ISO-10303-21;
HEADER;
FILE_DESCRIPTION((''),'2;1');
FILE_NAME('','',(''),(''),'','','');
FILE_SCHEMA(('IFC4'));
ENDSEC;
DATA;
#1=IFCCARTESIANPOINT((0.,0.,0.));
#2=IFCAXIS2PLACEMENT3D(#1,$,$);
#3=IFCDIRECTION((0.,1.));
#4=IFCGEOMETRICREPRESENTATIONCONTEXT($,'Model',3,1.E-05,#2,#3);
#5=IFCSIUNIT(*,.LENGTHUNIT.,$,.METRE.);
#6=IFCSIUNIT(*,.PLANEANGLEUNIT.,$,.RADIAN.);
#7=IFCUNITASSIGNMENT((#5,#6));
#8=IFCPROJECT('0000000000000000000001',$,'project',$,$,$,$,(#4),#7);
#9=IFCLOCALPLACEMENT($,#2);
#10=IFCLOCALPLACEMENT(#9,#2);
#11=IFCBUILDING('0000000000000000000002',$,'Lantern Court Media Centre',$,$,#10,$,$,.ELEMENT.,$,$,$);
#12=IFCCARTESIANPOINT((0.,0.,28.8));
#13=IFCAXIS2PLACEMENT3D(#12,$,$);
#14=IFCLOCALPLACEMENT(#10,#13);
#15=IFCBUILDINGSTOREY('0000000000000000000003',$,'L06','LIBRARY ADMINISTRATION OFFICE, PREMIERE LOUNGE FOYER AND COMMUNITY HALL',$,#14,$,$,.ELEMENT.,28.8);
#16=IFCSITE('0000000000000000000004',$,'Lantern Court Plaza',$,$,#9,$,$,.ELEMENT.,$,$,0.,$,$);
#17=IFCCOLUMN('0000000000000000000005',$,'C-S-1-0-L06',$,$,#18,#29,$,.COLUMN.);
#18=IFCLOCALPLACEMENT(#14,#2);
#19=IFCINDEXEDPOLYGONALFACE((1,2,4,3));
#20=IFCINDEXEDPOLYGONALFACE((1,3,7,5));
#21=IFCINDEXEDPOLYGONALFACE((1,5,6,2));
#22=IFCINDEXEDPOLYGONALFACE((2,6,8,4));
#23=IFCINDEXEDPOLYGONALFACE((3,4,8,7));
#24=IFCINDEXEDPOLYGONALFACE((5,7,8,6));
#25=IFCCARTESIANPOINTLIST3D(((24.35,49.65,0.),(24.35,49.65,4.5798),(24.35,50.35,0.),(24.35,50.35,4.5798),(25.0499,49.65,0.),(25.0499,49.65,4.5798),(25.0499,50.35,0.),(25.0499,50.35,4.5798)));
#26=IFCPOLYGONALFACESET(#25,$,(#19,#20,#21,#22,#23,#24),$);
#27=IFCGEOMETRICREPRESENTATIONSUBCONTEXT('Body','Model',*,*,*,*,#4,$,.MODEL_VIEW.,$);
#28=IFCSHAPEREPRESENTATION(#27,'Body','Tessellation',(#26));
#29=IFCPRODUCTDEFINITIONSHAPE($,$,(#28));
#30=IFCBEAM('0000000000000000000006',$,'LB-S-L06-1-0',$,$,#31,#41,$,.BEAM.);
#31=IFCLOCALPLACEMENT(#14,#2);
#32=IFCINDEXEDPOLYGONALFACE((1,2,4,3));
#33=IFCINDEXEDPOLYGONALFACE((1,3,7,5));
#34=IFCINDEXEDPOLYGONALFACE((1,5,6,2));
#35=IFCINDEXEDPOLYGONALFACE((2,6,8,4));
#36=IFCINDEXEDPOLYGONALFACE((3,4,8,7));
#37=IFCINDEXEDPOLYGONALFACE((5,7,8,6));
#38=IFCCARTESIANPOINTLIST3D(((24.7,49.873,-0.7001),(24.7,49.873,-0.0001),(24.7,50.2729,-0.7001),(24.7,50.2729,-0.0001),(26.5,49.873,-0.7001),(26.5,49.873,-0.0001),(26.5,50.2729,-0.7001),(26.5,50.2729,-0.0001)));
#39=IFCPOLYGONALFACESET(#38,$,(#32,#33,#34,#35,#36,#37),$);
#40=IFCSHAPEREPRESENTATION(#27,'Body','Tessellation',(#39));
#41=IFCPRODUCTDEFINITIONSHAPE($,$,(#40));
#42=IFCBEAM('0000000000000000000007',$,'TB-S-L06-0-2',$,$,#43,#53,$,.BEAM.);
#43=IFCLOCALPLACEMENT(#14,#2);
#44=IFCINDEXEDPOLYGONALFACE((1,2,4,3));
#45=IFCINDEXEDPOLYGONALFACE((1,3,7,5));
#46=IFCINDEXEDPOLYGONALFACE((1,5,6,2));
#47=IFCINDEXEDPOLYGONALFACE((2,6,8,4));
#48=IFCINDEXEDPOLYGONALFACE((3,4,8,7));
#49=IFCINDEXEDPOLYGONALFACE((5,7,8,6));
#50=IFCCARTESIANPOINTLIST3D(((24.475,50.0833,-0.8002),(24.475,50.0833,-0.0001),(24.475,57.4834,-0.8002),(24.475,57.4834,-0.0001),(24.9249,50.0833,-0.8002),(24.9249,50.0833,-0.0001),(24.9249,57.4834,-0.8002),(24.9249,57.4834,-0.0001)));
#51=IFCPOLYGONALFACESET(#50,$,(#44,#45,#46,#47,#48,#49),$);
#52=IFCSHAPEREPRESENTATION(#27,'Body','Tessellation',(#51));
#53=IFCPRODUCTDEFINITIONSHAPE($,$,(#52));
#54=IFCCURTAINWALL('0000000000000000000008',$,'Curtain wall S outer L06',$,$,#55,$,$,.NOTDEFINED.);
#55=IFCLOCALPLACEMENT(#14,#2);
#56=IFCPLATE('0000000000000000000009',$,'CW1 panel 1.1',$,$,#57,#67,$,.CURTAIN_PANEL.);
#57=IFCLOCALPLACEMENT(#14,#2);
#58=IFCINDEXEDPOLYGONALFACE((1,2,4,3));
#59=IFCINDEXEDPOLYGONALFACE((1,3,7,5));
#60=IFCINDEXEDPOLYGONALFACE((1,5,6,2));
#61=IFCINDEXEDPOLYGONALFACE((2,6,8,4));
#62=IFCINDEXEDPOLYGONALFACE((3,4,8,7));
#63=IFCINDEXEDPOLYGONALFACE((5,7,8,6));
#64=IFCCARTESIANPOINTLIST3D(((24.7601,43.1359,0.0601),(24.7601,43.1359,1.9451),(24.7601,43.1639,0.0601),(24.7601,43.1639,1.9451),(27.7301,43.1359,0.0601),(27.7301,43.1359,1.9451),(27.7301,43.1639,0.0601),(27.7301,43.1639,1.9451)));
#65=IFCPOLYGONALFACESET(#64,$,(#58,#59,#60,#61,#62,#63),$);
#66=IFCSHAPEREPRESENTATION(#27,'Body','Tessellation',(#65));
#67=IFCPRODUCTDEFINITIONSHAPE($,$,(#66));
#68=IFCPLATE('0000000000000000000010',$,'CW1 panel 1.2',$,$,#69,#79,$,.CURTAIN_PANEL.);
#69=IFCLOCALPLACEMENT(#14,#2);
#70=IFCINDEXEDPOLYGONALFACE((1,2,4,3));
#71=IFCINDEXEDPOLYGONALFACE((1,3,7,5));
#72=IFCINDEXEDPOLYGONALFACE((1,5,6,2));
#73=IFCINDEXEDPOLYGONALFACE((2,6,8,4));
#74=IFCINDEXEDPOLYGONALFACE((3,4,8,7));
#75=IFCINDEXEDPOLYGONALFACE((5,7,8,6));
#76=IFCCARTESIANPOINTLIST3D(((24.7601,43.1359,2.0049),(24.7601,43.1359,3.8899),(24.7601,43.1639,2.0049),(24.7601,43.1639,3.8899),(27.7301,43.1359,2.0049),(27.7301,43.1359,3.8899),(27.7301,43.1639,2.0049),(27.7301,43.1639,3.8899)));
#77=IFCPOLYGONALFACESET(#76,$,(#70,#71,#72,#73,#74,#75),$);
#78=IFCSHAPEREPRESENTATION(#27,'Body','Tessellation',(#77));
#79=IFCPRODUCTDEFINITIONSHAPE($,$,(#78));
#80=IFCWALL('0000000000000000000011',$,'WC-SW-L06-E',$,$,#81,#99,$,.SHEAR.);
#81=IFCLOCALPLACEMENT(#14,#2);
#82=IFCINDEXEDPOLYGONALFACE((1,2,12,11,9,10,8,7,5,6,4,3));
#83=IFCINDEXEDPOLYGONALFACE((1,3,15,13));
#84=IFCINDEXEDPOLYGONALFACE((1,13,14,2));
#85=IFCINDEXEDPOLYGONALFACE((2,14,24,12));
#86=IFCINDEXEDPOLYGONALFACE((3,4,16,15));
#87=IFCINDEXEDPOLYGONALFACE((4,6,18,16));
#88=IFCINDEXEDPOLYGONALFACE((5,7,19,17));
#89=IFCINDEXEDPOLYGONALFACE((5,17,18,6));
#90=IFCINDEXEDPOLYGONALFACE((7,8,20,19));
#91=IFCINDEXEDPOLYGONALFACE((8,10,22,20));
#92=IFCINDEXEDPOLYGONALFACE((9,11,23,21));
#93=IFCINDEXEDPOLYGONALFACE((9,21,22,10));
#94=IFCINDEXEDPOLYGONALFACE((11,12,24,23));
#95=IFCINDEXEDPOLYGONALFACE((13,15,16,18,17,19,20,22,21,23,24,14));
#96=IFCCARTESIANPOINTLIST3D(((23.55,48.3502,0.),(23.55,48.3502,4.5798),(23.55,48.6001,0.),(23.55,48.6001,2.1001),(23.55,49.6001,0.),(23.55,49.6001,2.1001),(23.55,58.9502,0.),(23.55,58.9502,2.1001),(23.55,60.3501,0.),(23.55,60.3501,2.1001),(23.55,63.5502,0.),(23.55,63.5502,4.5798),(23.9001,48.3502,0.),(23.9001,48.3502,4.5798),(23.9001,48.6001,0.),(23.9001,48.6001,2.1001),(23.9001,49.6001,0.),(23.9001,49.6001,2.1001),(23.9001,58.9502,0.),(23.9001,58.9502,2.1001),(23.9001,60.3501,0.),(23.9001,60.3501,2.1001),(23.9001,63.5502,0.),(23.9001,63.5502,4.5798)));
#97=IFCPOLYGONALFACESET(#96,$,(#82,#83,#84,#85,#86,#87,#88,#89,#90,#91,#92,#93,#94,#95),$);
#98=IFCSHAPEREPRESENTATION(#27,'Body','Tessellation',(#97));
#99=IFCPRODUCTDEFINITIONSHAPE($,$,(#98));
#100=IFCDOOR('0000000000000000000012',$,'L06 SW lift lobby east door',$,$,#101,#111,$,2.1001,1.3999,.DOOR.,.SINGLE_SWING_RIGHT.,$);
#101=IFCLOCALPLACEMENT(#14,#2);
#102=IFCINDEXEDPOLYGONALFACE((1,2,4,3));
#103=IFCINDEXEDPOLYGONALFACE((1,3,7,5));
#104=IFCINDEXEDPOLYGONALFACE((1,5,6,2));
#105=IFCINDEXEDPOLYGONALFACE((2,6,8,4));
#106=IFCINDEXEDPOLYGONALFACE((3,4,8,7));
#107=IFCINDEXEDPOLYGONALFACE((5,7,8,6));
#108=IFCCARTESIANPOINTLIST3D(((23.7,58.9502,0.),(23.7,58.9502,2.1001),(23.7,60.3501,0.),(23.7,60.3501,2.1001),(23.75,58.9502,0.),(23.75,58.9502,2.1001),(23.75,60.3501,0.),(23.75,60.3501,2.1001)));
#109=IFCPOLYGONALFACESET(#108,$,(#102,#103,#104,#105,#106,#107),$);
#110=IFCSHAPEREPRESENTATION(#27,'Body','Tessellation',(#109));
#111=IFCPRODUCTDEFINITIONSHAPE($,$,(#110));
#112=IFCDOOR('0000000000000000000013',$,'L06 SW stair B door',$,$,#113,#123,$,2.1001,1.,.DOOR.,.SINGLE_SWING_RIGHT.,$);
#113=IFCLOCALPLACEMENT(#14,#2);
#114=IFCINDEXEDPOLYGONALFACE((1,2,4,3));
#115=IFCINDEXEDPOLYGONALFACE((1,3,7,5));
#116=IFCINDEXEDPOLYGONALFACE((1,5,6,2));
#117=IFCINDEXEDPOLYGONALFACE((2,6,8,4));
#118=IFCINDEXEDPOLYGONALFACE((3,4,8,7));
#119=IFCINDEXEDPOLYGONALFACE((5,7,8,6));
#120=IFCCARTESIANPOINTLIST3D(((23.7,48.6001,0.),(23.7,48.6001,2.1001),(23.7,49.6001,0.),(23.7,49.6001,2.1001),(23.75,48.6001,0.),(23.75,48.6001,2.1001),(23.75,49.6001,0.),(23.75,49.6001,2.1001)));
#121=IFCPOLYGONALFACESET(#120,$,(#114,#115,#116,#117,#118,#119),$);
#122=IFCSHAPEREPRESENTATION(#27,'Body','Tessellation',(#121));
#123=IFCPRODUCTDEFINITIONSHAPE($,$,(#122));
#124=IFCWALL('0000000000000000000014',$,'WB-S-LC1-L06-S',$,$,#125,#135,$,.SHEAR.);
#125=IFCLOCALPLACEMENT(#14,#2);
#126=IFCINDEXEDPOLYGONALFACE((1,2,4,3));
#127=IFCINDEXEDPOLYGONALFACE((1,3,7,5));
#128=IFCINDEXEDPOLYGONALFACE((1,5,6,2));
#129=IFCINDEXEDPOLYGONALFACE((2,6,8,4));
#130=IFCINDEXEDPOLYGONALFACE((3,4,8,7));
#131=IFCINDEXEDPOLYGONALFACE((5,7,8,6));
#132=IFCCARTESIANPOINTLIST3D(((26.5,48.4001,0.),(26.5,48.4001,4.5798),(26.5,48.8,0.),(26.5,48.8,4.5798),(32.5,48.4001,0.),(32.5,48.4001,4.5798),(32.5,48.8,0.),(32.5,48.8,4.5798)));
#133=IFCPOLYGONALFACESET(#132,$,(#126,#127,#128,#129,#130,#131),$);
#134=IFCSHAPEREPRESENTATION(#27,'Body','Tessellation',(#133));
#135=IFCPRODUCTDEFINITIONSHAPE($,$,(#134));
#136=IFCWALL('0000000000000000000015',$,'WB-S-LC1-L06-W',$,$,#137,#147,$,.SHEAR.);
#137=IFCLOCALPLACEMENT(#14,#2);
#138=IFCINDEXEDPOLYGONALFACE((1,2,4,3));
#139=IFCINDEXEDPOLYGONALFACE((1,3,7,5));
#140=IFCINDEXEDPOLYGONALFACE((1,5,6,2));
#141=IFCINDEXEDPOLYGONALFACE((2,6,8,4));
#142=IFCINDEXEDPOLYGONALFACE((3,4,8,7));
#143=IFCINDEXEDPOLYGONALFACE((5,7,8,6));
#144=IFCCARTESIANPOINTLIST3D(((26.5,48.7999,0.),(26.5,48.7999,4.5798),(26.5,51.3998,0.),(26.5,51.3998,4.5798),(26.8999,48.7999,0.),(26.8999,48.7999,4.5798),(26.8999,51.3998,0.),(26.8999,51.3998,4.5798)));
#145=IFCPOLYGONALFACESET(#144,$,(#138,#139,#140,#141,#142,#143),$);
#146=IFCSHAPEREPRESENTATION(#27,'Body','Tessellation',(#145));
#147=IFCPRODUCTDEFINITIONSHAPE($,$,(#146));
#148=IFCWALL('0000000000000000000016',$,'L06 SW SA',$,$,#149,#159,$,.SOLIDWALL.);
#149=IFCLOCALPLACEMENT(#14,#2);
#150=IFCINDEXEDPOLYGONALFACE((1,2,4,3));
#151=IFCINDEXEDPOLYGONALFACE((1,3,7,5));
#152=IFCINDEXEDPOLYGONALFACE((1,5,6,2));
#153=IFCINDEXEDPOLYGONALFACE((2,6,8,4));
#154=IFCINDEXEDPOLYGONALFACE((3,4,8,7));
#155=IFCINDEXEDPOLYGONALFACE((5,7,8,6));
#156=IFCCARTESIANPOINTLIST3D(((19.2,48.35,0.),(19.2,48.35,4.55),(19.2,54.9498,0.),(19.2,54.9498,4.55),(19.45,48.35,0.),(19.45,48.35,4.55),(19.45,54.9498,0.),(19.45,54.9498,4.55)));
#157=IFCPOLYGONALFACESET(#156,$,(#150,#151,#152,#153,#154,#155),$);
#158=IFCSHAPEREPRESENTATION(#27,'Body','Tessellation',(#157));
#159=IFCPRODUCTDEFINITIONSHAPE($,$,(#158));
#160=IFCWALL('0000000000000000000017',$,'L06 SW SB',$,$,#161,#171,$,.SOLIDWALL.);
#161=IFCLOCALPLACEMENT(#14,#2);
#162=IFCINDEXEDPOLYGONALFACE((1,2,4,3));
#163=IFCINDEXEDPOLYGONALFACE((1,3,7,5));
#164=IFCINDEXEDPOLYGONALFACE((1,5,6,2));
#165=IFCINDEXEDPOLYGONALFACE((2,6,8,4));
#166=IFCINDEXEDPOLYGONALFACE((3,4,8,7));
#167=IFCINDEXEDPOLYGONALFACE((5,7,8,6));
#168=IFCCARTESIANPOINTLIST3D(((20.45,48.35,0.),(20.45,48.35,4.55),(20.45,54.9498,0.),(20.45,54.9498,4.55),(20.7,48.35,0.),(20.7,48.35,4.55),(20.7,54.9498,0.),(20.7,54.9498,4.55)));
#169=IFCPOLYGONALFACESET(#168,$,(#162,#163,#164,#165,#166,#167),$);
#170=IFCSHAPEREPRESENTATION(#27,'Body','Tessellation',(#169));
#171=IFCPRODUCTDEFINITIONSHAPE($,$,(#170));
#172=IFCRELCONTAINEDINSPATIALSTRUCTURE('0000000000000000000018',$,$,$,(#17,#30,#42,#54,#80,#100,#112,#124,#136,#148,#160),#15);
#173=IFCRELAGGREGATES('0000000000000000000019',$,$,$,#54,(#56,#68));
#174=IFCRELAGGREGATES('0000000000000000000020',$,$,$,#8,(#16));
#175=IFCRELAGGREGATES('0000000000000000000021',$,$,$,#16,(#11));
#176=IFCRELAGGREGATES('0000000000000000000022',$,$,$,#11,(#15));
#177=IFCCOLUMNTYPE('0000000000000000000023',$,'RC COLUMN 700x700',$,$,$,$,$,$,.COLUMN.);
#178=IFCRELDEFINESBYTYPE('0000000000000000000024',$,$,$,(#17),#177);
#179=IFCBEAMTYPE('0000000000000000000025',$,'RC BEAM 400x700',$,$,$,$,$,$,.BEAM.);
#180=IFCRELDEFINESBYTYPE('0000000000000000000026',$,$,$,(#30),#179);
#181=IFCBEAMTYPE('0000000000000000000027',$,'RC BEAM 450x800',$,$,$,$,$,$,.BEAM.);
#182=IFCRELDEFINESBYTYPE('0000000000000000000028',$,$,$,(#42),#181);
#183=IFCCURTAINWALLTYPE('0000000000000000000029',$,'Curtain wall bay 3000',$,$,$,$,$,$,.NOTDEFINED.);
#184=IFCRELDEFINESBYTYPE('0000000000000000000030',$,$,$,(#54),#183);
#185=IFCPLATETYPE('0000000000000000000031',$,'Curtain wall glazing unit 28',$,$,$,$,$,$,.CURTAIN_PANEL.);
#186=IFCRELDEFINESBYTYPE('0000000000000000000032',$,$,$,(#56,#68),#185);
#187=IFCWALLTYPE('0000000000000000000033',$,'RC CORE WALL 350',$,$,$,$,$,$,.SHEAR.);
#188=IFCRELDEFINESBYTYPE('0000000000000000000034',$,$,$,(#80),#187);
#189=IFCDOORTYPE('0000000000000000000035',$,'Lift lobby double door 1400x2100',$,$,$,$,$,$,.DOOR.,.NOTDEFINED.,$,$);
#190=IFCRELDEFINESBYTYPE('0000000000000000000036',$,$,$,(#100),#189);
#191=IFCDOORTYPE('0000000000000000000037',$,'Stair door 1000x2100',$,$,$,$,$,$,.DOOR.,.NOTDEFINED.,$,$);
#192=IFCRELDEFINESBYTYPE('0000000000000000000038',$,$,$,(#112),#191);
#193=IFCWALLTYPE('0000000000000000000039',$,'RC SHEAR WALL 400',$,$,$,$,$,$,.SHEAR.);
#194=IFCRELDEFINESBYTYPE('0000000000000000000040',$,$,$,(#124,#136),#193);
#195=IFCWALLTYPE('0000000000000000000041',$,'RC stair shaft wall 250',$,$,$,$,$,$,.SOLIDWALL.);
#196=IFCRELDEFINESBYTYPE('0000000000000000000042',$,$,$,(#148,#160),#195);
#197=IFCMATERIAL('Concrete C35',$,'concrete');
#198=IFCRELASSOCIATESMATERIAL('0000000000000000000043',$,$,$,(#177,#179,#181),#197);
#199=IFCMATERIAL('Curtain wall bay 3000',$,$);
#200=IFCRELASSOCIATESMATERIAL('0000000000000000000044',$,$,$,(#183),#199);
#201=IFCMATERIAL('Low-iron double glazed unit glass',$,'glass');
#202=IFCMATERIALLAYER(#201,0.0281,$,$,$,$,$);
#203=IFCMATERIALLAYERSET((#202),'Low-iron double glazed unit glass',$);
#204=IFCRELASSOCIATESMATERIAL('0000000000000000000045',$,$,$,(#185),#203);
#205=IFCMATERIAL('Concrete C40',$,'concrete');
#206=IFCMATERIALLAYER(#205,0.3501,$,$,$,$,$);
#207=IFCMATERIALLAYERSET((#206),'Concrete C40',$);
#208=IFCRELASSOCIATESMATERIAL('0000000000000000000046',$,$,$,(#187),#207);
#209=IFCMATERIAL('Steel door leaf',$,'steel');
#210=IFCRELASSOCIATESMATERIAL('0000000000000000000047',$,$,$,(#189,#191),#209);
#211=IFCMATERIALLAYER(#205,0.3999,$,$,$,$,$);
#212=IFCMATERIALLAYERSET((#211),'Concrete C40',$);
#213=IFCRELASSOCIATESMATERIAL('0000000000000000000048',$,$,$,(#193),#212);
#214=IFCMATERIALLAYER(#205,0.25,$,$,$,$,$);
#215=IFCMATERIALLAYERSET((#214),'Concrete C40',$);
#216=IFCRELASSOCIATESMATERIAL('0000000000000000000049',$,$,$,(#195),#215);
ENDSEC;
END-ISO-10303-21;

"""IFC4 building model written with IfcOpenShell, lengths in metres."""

from ifc_helpers import new_model, si_unit, direction, frame, frame_2d, origin, origin_2d, place, context, subcontext, project, spatial, rectangle, extrude, material, layer, layer_set, material_profile, profile_set, type_object, element, fill, aggregate, save


model = new_model("IFC4")

# Units and contexts
model_context = context("Model", 3, precision=1e-05, world=origin(), true_north=direction((0.0, 1.0)))
body_context = subcontext(model_context, "Body", "Model", "MODEL_VIEW")
ifc_project = project(units=[si_unit("LENGTHUNIT", "METRE"), si_unit("PLANEANGLEUNIT", "RADIAN")], contexts=[model_context])

# Site, building, storey
site_placement = place(None, origin())
site = spatial("IfcSite", under=ifc_project, at=site_placement, Name="Lantern Court Plaza", CompositionType="ELEMENT", RefElevation=0.0)
building_placement = place(site_placement, origin())
building = spatial("IfcBuilding", under=site, at=building_placement, Name="Lantern Court Media Centre", CompositionType="ELEMENT")
storey_placement = place(building_placement, frame((0.0, 0.0, 28.8)))
storey = spatial("IfcBuildingStorey", under=building, at=storey_placement, Name="L06", Description="LIBRARY ADMINISTRATION OFFICE, PREMIERE LOUNGE FOYER AND COMMUNITY HALL", CompositionType="ELEMENT", Elevation=28.8)

# Column
ifc_material_1 = material(Name="Concrete C35", Category="concrete")
ifc_material_profile_1 = material_profile(ifc_material_1, rectangle(XDim=0.7, YDim=0.7, at=origin_2d()), Name="RC 700x700")
ifc_profile_set_1 = profile_set([ifc_material_profile_1], Name="Concrete C35")
column_type = type_object("IfcColumnType", Name="RC COLUMN 700x700", PredefinedType="COLUMN", material=ifc_profile_set_1)
column_placement = place(storey_placement, frame((24.7, 50.0, 0.0), z_axis=(0.0, 0.0, 1.0), x_axis=(1.0, 0.0, 0.0)))
element("IfcColumn", 1, at=column_placement, inside=storey, type_object=column_type, Name="C-S-1-0-L06", PredefinedType="COLUMN", context=body_context, shape_type="SweptSolid", body=[
    extrude(rectangle(XDim=0.7, YDim=0.7, at=origin_2d()), origin(), (0.0, 0.0, 1.0), 4.5798),
])

# Beams
ifc_material_profile_2 = material_profile(ifc_material_1, rectangle(XDim=0.3999, YDim=0.7, at=origin_2d()), Name="RC 400x700")
ifc_profile_set_2 = profile_set([ifc_material_profile_2], Name="Concrete C35")
beam_type_1 = type_object("IfcBeamType", Name="RC BEAM 400x700", PredefinedType="BEAM", material=ifc_profile_set_2)
beam_1_placement = place(storey_placement, frame((24.7, 50.073, -0.3501), z_axis=(1.0, 0.0, 0.0), x_axis=(0.0, 1.0, 0.0)))
element("IfcBeam", 2, at=beam_1_placement, inside=storey, type_object=beam_type_1, Name="LB-S-L06-1-0", PredefinedType="BEAM", context=body_context, shape_type="SweptSolid", body=[
    extrude(rectangle(XDim=0.3999, YDim=0.7, at=origin_2d()), origin(), (0.0, 0.0, 1.0), 1.8),
])
ifc_material_profile_3 = material_profile(ifc_material_1, rectangle(XDim=0.45, YDim=0.8, at=origin_2d()), Name="RC 450x800")
ifc_profile_set_3 = profile_set([ifc_material_profile_3], Name="Concrete C35")
beam_type_2 = type_object("IfcBeamType", Name="RC BEAM 450x800", PredefinedType="BEAM", material=ifc_profile_set_3)
beam_2_placement = place(storey_placement, frame((24.7, 50.0833, -0.4001), z_axis=(0.0, 1.0, 0.0), x_axis=(-1.0, 0.0, 0.0)))
element("IfcBeam", 3, at=beam_2_placement, inside=storey, type_object=beam_type_2, Name="TB-S-L06-0-2", PredefinedType="BEAM", context=body_context, shape_type="SweptSolid", body=[
    extrude(rectangle(XDim=0.45, YDim=0.8, at=origin_2d()), origin(), (0.0, 0.0, 1.0), 7.4001),
])

# Curtain wall, plates
ifc_material_2 = material(Name="Curtain wall bay 3000")
curtain_wall_type = type_object("IfcCurtainWallType", Name="Curtain wall bay 3000", PredefinedType="NOTDEFINED", material=ifc_material_2)
curtain_wall_placement = place(storey_placement, origin())
curtain_wall = element("IfcCurtainWall", 4, at=curtain_wall_placement, inside=storey, type_object=curtain_wall_type, Name="Curtain wall S outer L06", PredefinedType="NOTDEFINED")
ifc_material_3 = material(Name="Low-iron double glazed unit glass", Category="glass")
ifc_layer_1 = layer(ifc_material_3, 0.0281)
ifc_layer_set_1 = layer_set([ifc_layer_1], Name="Low-iron double glazed unit glass")
plate_type = type_object("IfcPlateType", Name="Curtain wall glazing unit 28", PredefinedType="CURTAIN_PANEL", material=ifc_layer_set_1)
plate_1_placement = place(storey_placement, frame((26.2451, 43.1499, 0.0601), z_axis=(0.0, 0.0, 1.0), x_axis=(1.0, 0.0, 0.0)))
plate_1 = element("IfcPlate", 5, at=plate_1_placement, type_object=plate_type, Name="CW1 panel 1.1", PredefinedType="CURTAIN_PANEL", context=body_context, shape_type="SweptSolid", body=[
    extrude(rectangle(XDim=2.97, YDim=0.0281, at=origin_2d()), origin(), (0.0, 0.0, 1.0), 1.885),
])
plate_2_placement = place(storey_placement, frame((26.2451, 43.1499, 2.0049), z_axis=(0.0, 0.0, 1.0), x_axis=(1.0, 0.0, 0.0)))
plate_2 = element("IfcPlate", 6, at=plate_2_placement, type_object=plate_type, Name="CW1 panel 1.2", PredefinedType="CURTAIN_PANEL", context=body_context, shape_type="SweptSolid", body=[
    extrude(rectangle(XDim=2.97, YDim=0.0281, at=origin_2d()), origin(), (0.0, 0.0, 1.0), 1.885),
])
aggregate(curtain_wall, [plate_1, plate_2])

# Wall, openings, doors
ifc_material_4 = material(Name="Concrete C40", Category="concrete")
ifc_layer_2 = layer(ifc_material_4, 0.3501)
ifc_layer_set_2 = layer_set([ifc_layer_2], Name="Concrete C40")
wall_type_1 = type_object("IfcWallType", Name="RC CORE WALL 350", PredefinedType="SHEAR", material=ifc_layer_set_2)
wall_1_placement = place(storey_placement, frame((23.7251, 48.3501, 0.0), z_axis=(0.0, 0.0, 1.0), x_axis=(0.0, 1.0, 0.0)))
wall_1 = element("IfcWall", 7, at=wall_1_placement, inside=storey, type_object=wall_type_1, Name="WC-SW-L06-E", PredefinedType="SHEAR", context=body_context, shape_type="SweptSolid", body=[
    extrude(rectangle(XDim=15.2, YDim=0.3501, at=frame_2d((7.6001, 0.0))), origin(), (0.0, 0.0, 1.0), 4.5798),
])
opening_1_placement = place(wall_1_placement, frame((0.25, 0.0, 0.0)))
opening_1 = element("IfcOpeningElement", 8, at=opening_1_placement, cuts=wall_1, PredefinedType="OPENING", context=body_context, shape_type="SweptSolid", body=[
    extrude(rectangle(XDim=1.0, YDim=2.1001, at=frame_2d((0.5, 1.05))), frame((0.0, 0.1851, 0.0), z_axis=(0.0, -1.0, 0.0), x_axis=(1.0, 0.0, 0.0)), (0.0, 0.0, 1.0), 0.3701),
])
opening_2_placement = place(wall_1_placement, frame((10.6001, 0.0, 0.0)))
opening_2 = element("IfcOpeningElement", 9, at=opening_2_placement, cuts=wall_1, PredefinedType="OPENING", context=body_context, shape_type="SweptSolid", body=[
    extrude(rectangle(XDim=1.3999, YDim=2.1001, at=frame_2d((0.7, 1.05))), frame((0.0, 0.1851, 0.0), z_axis=(0.0, -1.0, 0.0), x_axis=(1.0, 0.0, 0.0)), (0.0, 0.0, 1.0), 0.3701),
])
ifc_material_5 = material(Name="Steel door leaf", Category="steel")
door_type_1 = type_object("IfcDoorType", Name="Lift lobby double door 1400x2100", OperationType="NOTDEFINED", PredefinedType="DOOR", material=ifc_material_5)
door_1_placement = place(opening_2_placement, frame((1.3999, 0.0, 0.0), z_axis=(0.0, 0.0, 1.0), x_axis=(-1.0, 0.0, 0.0)))
door_1 = element("IfcDoor", 10, at=door_1_placement, inside=storey, type_object=door_type_1, Name="L06 SW lift lobby east door", OperationType="SINGLE_SWING_RIGHT", OverallHeight=2.1001, OverallWidth=1.3999, PredefinedType="DOOR", context=body_context, shape_type="SweptSolid", body=[
    extrude(rectangle(XDim=1.3999, YDim=2.1001, at=frame_2d((0.7, 1.05))), frame((0.0, 0.0249, 0.0), z_axis=(0.0, -1.0, 0.0), x_axis=(1.0, 0.0, 0.0)), (0.0, 0.0, 1.0), 0.05),
])
fill(opening_2, door_1)
door_type_2 = type_object("IfcDoorType", Name="Stair door 1000x2100", OperationType="NOTDEFINED", PredefinedType="DOOR", material=ifc_material_5)
door_2_placement = place(opening_1_placement, frame((1.0, 0.0, 0.0), z_axis=(0.0, 0.0, 1.0), x_axis=(-1.0, 0.0, 0.0)))
door_2 = element("IfcDoor", 11, at=door_2_placement, inside=storey, type_object=door_type_2, Name="L06 SW stair B door", OperationType="SINGLE_SWING_RIGHT", OverallHeight=2.1001, OverallWidth=1.0, PredefinedType="DOOR", context=body_context, shape_type="SweptSolid", body=[
    extrude(rectangle(XDim=1.0, YDim=2.1001, at=frame_2d((0.5, 1.05))), frame((0.0, 0.0249, 0.0), z_axis=(0.0, -1.0, 0.0), x_axis=(1.0, 0.0, 0.0)), (0.0, 0.0, 1.0), 0.05),
])
fill(opening_1, door_2)

# Walls
ifc_layer_3 = layer(ifc_material_4, 0.3999)
ifc_layer_set_3 = layer_set([ifc_layer_3], Name="Concrete C40")
wall_type_2 = type_object("IfcWallType", Name="RC SHEAR WALL 400", PredefinedType="SHEAR", material=ifc_layer_set_3)
wall_2_placement = place(storey_placement, frame((26.5, 48.6001, 0.0), z_axis=(0.0, 0.0, 1.0), x_axis=(1.0, 0.0, 0.0)))
element("IfcWall", 12, at=wall_2_placement, inside=storey, type_object=wall_type_2, Name="WB-S-LC1-L06-S", PredefinedType="SHEAR", context=body_context, shape_type="SweptSolid", body=[
    extrude(rectangle(XDim=6.0, YDim=0.3999, at=frame_2d((3.0, 0.0))), origin(), (0.0, 0.0, 1.0), 4.5798),
])
wall_3_placement = place(storey_placement, frame((26.7, 48.8, 0.0), z_axis=(0.0, 0.0, 1.0), x_axis=(0.0, 1.0, 0.0)))
element("IfcWall", 13, at=wall_3_placement, inside=storey, type_object=wall_type_2, Name="WB-S-LC1-L06-W", PredefinedType="SHEAR", context=body_context, shape_type="SweptSolid", body=[
    extrude(rectangle(XDim=2.5999, YDim=0.3999, at=frame_2d((1.2998, 0.0))), origin(), (0.0, 0.0, 1.0), 4.5798),
])
ifc_layer_4 = layer(ifc_material_4, 0.25)
ifc_layer_set_4 = layer_set([ifc_layer_4], Name="Concrete C40")
wall_type_3 = type_object("IfcWallType", Name="RC stair shaft wall 250", PredefinedType="SOLIDWALL", material=ifc_layer_set_4)
for number, where, z_axis, x_axis, name in (
    (14, (19.325, 48.3501, 0.0), (0.0, 0.0, 1.0), (0.0, 1.0, 0.0), "L06 SW SA"),
    (15, (20.575, 48.3501, 0.0), (0.0, 0.0, 1.0), (0.0, 1.0, 0.0), "L06 SW SB"),
):
    element("IfcWall", number, at=place(storey_placement, frame(where, z_axis=z_axis, x_axis=x_axis)), inside=storey, type_object=wall_type_3, Name=name, PredefinedType="SOLIDWALL", context=body_context, shape_type="SweptSolid", body=[
        extrude(rectangle(XDim=6.5999, YDim=0.25, at=frame_2d((3.2998, 0.0))), origin(), (0.0, 0.0, 1.0), 4.55),
    ])

save(model, "model.ifc")
